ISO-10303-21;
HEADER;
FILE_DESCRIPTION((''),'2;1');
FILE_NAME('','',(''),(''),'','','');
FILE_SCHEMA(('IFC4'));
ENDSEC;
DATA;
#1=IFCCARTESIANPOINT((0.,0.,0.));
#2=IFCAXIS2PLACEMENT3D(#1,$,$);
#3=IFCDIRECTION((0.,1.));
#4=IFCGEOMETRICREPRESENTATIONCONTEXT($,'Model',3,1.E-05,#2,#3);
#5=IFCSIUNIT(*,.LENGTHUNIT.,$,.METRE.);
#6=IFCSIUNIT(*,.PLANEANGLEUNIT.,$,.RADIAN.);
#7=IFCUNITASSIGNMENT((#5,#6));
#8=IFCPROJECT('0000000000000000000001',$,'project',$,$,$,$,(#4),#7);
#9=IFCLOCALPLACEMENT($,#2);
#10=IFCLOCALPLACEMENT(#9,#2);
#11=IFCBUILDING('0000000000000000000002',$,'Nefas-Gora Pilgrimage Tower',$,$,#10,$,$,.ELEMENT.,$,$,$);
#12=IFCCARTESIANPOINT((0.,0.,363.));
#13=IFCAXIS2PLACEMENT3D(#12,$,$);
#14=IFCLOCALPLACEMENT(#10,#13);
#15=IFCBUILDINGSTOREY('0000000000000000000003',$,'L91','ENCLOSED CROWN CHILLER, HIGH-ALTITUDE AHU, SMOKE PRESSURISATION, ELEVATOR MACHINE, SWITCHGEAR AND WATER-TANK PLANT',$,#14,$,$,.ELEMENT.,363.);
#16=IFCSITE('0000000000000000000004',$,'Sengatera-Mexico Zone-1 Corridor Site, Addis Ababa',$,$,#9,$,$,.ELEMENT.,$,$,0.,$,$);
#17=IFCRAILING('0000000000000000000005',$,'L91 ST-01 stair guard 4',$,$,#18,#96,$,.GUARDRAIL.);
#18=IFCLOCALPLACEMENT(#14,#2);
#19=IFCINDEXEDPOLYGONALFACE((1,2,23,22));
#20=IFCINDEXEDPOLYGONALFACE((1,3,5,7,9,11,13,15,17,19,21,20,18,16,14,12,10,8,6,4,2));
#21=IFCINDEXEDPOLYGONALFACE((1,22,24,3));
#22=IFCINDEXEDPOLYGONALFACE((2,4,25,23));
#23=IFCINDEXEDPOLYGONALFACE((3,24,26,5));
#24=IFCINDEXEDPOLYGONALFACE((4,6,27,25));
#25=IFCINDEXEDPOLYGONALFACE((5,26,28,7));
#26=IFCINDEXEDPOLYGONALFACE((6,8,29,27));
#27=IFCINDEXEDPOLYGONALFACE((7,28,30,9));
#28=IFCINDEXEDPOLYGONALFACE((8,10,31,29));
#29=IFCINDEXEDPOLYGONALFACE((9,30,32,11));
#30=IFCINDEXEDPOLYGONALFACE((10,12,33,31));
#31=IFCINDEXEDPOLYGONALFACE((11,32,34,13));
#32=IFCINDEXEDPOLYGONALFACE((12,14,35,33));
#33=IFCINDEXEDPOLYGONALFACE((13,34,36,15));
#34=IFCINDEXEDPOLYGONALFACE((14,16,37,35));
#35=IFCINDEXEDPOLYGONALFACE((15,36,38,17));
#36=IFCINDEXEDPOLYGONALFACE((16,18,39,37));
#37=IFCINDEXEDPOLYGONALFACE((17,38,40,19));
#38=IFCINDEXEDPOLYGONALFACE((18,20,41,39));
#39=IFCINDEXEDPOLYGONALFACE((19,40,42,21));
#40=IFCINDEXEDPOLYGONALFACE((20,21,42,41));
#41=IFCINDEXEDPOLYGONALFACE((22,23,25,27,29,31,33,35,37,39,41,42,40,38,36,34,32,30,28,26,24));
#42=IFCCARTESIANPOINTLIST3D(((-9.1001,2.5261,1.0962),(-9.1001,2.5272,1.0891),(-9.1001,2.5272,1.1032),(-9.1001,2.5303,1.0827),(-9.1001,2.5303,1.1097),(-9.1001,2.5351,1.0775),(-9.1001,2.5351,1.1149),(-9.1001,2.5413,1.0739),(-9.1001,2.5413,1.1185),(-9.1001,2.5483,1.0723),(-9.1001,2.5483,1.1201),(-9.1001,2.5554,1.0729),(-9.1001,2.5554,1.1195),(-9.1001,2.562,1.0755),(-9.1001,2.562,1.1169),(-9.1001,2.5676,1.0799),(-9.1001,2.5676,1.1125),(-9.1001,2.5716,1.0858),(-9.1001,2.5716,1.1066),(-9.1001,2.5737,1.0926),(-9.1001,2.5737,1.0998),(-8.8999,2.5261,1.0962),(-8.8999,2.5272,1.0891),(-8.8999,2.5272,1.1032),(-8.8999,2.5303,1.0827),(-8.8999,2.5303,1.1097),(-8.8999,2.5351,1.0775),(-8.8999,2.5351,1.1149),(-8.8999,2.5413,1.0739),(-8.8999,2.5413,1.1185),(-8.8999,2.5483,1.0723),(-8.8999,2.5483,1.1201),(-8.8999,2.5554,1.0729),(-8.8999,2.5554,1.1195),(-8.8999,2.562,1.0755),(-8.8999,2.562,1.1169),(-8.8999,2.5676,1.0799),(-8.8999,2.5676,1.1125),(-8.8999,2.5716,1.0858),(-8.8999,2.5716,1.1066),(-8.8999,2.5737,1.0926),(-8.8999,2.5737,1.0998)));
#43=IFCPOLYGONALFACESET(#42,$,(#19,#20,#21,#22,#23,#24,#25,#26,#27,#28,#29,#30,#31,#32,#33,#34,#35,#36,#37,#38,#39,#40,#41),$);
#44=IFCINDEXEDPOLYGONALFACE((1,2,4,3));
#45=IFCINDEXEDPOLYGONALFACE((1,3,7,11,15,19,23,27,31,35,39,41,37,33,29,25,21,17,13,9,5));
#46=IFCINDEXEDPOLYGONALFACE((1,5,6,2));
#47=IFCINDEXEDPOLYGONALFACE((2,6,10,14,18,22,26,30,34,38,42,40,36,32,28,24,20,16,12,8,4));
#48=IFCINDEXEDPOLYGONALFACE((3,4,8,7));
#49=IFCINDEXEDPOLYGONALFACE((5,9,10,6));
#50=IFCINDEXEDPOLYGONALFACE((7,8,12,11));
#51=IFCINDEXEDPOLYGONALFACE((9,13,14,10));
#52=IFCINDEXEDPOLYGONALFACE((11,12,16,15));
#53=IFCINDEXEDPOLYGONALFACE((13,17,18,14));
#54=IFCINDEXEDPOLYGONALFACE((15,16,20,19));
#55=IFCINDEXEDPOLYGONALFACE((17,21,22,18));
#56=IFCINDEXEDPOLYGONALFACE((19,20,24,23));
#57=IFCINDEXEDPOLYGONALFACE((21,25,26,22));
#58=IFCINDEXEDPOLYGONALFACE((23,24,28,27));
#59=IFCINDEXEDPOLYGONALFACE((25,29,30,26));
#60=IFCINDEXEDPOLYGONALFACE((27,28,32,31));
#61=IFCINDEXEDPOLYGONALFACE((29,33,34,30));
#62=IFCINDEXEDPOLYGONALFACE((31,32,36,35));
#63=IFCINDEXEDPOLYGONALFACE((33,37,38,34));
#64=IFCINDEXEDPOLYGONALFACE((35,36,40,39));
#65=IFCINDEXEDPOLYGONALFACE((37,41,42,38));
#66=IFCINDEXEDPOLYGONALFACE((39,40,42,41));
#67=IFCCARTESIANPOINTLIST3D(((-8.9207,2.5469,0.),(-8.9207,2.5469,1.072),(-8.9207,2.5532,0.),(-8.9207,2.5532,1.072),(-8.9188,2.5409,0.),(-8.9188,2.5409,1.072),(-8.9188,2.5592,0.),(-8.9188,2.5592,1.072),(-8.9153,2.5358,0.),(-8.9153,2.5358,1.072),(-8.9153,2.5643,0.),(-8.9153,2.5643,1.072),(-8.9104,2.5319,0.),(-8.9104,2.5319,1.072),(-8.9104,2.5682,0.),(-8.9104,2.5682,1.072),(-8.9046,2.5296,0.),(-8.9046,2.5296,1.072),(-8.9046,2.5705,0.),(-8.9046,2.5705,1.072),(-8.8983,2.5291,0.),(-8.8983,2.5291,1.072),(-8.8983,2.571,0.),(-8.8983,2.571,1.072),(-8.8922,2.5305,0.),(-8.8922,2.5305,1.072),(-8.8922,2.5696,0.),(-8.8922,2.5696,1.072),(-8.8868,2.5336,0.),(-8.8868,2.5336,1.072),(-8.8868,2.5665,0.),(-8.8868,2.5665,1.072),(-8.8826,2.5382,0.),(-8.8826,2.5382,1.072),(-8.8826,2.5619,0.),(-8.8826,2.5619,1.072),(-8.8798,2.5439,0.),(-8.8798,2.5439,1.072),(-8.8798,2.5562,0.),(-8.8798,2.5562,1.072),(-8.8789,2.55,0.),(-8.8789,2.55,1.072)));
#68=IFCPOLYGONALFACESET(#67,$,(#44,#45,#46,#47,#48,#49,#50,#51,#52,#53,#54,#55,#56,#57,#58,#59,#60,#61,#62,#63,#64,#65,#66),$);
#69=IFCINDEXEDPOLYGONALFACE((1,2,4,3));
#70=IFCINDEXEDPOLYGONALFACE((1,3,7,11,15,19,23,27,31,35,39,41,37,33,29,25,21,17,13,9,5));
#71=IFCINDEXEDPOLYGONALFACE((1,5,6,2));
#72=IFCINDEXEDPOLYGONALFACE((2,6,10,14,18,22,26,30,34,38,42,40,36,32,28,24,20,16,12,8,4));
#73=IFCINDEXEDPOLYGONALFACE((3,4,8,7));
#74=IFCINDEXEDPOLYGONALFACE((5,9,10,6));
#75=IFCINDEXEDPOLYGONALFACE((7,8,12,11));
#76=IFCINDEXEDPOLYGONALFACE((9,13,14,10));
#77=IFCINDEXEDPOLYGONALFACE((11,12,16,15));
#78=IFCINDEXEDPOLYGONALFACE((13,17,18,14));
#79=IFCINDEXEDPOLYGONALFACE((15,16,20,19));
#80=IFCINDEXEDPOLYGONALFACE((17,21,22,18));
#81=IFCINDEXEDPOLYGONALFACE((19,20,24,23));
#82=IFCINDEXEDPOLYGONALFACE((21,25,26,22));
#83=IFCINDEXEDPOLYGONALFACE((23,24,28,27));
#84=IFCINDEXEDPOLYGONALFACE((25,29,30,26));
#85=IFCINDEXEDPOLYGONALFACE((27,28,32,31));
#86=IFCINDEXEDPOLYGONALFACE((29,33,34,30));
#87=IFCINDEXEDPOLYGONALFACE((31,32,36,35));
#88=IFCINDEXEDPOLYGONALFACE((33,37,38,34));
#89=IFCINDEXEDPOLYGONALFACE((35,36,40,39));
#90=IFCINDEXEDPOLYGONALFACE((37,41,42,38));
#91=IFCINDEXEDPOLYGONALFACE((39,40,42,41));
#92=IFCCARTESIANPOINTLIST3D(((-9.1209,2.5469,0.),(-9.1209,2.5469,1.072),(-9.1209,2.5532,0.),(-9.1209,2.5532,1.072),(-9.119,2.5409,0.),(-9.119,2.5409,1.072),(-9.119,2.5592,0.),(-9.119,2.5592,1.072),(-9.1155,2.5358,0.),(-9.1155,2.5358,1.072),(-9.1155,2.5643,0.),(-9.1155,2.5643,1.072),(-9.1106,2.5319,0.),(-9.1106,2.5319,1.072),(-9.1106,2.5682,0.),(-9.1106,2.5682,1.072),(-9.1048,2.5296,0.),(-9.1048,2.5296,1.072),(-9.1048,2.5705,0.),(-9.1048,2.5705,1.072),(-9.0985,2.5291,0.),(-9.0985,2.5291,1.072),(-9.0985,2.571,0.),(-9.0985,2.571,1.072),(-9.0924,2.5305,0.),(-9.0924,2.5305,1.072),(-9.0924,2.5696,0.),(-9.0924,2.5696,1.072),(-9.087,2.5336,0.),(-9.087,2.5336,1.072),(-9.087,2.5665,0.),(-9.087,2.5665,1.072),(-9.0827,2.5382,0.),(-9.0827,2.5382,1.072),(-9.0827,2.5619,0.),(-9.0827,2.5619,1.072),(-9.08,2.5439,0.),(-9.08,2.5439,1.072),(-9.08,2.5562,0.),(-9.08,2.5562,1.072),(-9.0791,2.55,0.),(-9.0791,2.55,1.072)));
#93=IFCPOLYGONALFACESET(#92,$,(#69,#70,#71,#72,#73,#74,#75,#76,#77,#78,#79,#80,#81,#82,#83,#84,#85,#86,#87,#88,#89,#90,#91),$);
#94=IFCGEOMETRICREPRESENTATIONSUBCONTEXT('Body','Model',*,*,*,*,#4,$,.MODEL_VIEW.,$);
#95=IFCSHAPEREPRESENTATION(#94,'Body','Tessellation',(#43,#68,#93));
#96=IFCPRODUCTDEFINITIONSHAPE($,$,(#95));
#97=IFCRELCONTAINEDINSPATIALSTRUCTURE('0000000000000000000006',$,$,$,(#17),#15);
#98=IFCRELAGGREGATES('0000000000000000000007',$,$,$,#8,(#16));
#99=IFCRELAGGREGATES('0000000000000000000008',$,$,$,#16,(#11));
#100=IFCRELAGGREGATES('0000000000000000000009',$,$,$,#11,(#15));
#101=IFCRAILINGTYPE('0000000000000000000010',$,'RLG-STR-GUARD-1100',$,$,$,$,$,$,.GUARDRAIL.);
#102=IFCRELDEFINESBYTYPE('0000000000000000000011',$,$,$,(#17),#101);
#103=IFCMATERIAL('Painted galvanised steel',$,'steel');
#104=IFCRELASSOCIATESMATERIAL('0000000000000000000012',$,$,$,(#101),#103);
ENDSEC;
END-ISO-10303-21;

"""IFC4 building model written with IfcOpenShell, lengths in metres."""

from ifc_helpers import new_model, si_unit, direction, frame, origin, origin_2d, place, context, subcontext, project, spatial, circle, extrude, material, type_object, element, save


model = new_model("IFC4")

# Units and contexts
model_context = context("Model", 3, precision=1e-05, world=origin(), true_north=direction((0.0, 1.0)))
body_context = subcontext(model_context, "Body", "Model", "MODEL_VIEW")
ifc_project = project(units=[si_unit("LENGTHUNIT", "METRE"), si_unit("PLANEANGLEUNIT", "RADIAN")], contexts=[model_context])

# Site, building, storey
site_placement = place(None, origin())
site = spatial("IfcSite", under=ifc_project, at=site_placement, Name="Sengatera-Mexico Zone-1 Corridor Site, Addis Ababa", CompositionType="ELEMENT", RefElevation=0.0)
building_placement = place(site_placement, origin())
building = spatial("IfcBuilding", under=site, at=building_placement, Name="Nefas-Gora Pilgrimage Tower", CompositionType="ELEMENT")
storey_placement = place(building_placement, frame((0.0, 0.0, 363.0)))
storey = spatial("IfcBuildingStorey", under=building, at=storey_placement, Name="L91", Description="ENCLOSED CROWN CHILLER, HIGH-ALTITUDE AHU, SMOKE PRESSURISATION, ELEVATOR MACHINE, SWITCHGEAR AND WATER-TANK PLANT", CompositionType="ELEMENT", Elevation=363.0)

# Railing
ifc_material_1 = material(Name="Painted galvanised steel", Category="steel")
railing_type_1 = type_object("IfcRailingType", Name="RLG-STR-GUARD-1100", PredefinedType="GUARDRAIL", material=ifc_material_1)
railing_1_placement = place(storey_placement, frame((-8.8999, 2.55, 0.0)))
element("IfcRailing", 1, at=railing_1_placement, inside=storey, type_object=railing_type_1, Name="L91 ST-01 stair guard 4", PredefinedType="GUARDRAIL", context=body_context, shape_type="SweptSolid", body=[
    extrude(circle(Radius=0.0239, at=origin_2d()), frame((0.0, 0.0, 1.0962), z_axis=(-1.0, 0.0, 0.0), x_axis=(0.0, -1.0, 0.0)), (0.0, 0.0, 1.0), 0.2002),
    extrude(circle(Radius=0.021, at=origin_2d()), origin(), (0.0, 0.0, 1.0), 1.072),
    extrude(circle(Radius=0.021, at=origin_2d()), frame((-0.2002, 0.0, 0.0)), (0.0, 0.0, 1.0), 1.072),
])

save(model, "model.ifc")
